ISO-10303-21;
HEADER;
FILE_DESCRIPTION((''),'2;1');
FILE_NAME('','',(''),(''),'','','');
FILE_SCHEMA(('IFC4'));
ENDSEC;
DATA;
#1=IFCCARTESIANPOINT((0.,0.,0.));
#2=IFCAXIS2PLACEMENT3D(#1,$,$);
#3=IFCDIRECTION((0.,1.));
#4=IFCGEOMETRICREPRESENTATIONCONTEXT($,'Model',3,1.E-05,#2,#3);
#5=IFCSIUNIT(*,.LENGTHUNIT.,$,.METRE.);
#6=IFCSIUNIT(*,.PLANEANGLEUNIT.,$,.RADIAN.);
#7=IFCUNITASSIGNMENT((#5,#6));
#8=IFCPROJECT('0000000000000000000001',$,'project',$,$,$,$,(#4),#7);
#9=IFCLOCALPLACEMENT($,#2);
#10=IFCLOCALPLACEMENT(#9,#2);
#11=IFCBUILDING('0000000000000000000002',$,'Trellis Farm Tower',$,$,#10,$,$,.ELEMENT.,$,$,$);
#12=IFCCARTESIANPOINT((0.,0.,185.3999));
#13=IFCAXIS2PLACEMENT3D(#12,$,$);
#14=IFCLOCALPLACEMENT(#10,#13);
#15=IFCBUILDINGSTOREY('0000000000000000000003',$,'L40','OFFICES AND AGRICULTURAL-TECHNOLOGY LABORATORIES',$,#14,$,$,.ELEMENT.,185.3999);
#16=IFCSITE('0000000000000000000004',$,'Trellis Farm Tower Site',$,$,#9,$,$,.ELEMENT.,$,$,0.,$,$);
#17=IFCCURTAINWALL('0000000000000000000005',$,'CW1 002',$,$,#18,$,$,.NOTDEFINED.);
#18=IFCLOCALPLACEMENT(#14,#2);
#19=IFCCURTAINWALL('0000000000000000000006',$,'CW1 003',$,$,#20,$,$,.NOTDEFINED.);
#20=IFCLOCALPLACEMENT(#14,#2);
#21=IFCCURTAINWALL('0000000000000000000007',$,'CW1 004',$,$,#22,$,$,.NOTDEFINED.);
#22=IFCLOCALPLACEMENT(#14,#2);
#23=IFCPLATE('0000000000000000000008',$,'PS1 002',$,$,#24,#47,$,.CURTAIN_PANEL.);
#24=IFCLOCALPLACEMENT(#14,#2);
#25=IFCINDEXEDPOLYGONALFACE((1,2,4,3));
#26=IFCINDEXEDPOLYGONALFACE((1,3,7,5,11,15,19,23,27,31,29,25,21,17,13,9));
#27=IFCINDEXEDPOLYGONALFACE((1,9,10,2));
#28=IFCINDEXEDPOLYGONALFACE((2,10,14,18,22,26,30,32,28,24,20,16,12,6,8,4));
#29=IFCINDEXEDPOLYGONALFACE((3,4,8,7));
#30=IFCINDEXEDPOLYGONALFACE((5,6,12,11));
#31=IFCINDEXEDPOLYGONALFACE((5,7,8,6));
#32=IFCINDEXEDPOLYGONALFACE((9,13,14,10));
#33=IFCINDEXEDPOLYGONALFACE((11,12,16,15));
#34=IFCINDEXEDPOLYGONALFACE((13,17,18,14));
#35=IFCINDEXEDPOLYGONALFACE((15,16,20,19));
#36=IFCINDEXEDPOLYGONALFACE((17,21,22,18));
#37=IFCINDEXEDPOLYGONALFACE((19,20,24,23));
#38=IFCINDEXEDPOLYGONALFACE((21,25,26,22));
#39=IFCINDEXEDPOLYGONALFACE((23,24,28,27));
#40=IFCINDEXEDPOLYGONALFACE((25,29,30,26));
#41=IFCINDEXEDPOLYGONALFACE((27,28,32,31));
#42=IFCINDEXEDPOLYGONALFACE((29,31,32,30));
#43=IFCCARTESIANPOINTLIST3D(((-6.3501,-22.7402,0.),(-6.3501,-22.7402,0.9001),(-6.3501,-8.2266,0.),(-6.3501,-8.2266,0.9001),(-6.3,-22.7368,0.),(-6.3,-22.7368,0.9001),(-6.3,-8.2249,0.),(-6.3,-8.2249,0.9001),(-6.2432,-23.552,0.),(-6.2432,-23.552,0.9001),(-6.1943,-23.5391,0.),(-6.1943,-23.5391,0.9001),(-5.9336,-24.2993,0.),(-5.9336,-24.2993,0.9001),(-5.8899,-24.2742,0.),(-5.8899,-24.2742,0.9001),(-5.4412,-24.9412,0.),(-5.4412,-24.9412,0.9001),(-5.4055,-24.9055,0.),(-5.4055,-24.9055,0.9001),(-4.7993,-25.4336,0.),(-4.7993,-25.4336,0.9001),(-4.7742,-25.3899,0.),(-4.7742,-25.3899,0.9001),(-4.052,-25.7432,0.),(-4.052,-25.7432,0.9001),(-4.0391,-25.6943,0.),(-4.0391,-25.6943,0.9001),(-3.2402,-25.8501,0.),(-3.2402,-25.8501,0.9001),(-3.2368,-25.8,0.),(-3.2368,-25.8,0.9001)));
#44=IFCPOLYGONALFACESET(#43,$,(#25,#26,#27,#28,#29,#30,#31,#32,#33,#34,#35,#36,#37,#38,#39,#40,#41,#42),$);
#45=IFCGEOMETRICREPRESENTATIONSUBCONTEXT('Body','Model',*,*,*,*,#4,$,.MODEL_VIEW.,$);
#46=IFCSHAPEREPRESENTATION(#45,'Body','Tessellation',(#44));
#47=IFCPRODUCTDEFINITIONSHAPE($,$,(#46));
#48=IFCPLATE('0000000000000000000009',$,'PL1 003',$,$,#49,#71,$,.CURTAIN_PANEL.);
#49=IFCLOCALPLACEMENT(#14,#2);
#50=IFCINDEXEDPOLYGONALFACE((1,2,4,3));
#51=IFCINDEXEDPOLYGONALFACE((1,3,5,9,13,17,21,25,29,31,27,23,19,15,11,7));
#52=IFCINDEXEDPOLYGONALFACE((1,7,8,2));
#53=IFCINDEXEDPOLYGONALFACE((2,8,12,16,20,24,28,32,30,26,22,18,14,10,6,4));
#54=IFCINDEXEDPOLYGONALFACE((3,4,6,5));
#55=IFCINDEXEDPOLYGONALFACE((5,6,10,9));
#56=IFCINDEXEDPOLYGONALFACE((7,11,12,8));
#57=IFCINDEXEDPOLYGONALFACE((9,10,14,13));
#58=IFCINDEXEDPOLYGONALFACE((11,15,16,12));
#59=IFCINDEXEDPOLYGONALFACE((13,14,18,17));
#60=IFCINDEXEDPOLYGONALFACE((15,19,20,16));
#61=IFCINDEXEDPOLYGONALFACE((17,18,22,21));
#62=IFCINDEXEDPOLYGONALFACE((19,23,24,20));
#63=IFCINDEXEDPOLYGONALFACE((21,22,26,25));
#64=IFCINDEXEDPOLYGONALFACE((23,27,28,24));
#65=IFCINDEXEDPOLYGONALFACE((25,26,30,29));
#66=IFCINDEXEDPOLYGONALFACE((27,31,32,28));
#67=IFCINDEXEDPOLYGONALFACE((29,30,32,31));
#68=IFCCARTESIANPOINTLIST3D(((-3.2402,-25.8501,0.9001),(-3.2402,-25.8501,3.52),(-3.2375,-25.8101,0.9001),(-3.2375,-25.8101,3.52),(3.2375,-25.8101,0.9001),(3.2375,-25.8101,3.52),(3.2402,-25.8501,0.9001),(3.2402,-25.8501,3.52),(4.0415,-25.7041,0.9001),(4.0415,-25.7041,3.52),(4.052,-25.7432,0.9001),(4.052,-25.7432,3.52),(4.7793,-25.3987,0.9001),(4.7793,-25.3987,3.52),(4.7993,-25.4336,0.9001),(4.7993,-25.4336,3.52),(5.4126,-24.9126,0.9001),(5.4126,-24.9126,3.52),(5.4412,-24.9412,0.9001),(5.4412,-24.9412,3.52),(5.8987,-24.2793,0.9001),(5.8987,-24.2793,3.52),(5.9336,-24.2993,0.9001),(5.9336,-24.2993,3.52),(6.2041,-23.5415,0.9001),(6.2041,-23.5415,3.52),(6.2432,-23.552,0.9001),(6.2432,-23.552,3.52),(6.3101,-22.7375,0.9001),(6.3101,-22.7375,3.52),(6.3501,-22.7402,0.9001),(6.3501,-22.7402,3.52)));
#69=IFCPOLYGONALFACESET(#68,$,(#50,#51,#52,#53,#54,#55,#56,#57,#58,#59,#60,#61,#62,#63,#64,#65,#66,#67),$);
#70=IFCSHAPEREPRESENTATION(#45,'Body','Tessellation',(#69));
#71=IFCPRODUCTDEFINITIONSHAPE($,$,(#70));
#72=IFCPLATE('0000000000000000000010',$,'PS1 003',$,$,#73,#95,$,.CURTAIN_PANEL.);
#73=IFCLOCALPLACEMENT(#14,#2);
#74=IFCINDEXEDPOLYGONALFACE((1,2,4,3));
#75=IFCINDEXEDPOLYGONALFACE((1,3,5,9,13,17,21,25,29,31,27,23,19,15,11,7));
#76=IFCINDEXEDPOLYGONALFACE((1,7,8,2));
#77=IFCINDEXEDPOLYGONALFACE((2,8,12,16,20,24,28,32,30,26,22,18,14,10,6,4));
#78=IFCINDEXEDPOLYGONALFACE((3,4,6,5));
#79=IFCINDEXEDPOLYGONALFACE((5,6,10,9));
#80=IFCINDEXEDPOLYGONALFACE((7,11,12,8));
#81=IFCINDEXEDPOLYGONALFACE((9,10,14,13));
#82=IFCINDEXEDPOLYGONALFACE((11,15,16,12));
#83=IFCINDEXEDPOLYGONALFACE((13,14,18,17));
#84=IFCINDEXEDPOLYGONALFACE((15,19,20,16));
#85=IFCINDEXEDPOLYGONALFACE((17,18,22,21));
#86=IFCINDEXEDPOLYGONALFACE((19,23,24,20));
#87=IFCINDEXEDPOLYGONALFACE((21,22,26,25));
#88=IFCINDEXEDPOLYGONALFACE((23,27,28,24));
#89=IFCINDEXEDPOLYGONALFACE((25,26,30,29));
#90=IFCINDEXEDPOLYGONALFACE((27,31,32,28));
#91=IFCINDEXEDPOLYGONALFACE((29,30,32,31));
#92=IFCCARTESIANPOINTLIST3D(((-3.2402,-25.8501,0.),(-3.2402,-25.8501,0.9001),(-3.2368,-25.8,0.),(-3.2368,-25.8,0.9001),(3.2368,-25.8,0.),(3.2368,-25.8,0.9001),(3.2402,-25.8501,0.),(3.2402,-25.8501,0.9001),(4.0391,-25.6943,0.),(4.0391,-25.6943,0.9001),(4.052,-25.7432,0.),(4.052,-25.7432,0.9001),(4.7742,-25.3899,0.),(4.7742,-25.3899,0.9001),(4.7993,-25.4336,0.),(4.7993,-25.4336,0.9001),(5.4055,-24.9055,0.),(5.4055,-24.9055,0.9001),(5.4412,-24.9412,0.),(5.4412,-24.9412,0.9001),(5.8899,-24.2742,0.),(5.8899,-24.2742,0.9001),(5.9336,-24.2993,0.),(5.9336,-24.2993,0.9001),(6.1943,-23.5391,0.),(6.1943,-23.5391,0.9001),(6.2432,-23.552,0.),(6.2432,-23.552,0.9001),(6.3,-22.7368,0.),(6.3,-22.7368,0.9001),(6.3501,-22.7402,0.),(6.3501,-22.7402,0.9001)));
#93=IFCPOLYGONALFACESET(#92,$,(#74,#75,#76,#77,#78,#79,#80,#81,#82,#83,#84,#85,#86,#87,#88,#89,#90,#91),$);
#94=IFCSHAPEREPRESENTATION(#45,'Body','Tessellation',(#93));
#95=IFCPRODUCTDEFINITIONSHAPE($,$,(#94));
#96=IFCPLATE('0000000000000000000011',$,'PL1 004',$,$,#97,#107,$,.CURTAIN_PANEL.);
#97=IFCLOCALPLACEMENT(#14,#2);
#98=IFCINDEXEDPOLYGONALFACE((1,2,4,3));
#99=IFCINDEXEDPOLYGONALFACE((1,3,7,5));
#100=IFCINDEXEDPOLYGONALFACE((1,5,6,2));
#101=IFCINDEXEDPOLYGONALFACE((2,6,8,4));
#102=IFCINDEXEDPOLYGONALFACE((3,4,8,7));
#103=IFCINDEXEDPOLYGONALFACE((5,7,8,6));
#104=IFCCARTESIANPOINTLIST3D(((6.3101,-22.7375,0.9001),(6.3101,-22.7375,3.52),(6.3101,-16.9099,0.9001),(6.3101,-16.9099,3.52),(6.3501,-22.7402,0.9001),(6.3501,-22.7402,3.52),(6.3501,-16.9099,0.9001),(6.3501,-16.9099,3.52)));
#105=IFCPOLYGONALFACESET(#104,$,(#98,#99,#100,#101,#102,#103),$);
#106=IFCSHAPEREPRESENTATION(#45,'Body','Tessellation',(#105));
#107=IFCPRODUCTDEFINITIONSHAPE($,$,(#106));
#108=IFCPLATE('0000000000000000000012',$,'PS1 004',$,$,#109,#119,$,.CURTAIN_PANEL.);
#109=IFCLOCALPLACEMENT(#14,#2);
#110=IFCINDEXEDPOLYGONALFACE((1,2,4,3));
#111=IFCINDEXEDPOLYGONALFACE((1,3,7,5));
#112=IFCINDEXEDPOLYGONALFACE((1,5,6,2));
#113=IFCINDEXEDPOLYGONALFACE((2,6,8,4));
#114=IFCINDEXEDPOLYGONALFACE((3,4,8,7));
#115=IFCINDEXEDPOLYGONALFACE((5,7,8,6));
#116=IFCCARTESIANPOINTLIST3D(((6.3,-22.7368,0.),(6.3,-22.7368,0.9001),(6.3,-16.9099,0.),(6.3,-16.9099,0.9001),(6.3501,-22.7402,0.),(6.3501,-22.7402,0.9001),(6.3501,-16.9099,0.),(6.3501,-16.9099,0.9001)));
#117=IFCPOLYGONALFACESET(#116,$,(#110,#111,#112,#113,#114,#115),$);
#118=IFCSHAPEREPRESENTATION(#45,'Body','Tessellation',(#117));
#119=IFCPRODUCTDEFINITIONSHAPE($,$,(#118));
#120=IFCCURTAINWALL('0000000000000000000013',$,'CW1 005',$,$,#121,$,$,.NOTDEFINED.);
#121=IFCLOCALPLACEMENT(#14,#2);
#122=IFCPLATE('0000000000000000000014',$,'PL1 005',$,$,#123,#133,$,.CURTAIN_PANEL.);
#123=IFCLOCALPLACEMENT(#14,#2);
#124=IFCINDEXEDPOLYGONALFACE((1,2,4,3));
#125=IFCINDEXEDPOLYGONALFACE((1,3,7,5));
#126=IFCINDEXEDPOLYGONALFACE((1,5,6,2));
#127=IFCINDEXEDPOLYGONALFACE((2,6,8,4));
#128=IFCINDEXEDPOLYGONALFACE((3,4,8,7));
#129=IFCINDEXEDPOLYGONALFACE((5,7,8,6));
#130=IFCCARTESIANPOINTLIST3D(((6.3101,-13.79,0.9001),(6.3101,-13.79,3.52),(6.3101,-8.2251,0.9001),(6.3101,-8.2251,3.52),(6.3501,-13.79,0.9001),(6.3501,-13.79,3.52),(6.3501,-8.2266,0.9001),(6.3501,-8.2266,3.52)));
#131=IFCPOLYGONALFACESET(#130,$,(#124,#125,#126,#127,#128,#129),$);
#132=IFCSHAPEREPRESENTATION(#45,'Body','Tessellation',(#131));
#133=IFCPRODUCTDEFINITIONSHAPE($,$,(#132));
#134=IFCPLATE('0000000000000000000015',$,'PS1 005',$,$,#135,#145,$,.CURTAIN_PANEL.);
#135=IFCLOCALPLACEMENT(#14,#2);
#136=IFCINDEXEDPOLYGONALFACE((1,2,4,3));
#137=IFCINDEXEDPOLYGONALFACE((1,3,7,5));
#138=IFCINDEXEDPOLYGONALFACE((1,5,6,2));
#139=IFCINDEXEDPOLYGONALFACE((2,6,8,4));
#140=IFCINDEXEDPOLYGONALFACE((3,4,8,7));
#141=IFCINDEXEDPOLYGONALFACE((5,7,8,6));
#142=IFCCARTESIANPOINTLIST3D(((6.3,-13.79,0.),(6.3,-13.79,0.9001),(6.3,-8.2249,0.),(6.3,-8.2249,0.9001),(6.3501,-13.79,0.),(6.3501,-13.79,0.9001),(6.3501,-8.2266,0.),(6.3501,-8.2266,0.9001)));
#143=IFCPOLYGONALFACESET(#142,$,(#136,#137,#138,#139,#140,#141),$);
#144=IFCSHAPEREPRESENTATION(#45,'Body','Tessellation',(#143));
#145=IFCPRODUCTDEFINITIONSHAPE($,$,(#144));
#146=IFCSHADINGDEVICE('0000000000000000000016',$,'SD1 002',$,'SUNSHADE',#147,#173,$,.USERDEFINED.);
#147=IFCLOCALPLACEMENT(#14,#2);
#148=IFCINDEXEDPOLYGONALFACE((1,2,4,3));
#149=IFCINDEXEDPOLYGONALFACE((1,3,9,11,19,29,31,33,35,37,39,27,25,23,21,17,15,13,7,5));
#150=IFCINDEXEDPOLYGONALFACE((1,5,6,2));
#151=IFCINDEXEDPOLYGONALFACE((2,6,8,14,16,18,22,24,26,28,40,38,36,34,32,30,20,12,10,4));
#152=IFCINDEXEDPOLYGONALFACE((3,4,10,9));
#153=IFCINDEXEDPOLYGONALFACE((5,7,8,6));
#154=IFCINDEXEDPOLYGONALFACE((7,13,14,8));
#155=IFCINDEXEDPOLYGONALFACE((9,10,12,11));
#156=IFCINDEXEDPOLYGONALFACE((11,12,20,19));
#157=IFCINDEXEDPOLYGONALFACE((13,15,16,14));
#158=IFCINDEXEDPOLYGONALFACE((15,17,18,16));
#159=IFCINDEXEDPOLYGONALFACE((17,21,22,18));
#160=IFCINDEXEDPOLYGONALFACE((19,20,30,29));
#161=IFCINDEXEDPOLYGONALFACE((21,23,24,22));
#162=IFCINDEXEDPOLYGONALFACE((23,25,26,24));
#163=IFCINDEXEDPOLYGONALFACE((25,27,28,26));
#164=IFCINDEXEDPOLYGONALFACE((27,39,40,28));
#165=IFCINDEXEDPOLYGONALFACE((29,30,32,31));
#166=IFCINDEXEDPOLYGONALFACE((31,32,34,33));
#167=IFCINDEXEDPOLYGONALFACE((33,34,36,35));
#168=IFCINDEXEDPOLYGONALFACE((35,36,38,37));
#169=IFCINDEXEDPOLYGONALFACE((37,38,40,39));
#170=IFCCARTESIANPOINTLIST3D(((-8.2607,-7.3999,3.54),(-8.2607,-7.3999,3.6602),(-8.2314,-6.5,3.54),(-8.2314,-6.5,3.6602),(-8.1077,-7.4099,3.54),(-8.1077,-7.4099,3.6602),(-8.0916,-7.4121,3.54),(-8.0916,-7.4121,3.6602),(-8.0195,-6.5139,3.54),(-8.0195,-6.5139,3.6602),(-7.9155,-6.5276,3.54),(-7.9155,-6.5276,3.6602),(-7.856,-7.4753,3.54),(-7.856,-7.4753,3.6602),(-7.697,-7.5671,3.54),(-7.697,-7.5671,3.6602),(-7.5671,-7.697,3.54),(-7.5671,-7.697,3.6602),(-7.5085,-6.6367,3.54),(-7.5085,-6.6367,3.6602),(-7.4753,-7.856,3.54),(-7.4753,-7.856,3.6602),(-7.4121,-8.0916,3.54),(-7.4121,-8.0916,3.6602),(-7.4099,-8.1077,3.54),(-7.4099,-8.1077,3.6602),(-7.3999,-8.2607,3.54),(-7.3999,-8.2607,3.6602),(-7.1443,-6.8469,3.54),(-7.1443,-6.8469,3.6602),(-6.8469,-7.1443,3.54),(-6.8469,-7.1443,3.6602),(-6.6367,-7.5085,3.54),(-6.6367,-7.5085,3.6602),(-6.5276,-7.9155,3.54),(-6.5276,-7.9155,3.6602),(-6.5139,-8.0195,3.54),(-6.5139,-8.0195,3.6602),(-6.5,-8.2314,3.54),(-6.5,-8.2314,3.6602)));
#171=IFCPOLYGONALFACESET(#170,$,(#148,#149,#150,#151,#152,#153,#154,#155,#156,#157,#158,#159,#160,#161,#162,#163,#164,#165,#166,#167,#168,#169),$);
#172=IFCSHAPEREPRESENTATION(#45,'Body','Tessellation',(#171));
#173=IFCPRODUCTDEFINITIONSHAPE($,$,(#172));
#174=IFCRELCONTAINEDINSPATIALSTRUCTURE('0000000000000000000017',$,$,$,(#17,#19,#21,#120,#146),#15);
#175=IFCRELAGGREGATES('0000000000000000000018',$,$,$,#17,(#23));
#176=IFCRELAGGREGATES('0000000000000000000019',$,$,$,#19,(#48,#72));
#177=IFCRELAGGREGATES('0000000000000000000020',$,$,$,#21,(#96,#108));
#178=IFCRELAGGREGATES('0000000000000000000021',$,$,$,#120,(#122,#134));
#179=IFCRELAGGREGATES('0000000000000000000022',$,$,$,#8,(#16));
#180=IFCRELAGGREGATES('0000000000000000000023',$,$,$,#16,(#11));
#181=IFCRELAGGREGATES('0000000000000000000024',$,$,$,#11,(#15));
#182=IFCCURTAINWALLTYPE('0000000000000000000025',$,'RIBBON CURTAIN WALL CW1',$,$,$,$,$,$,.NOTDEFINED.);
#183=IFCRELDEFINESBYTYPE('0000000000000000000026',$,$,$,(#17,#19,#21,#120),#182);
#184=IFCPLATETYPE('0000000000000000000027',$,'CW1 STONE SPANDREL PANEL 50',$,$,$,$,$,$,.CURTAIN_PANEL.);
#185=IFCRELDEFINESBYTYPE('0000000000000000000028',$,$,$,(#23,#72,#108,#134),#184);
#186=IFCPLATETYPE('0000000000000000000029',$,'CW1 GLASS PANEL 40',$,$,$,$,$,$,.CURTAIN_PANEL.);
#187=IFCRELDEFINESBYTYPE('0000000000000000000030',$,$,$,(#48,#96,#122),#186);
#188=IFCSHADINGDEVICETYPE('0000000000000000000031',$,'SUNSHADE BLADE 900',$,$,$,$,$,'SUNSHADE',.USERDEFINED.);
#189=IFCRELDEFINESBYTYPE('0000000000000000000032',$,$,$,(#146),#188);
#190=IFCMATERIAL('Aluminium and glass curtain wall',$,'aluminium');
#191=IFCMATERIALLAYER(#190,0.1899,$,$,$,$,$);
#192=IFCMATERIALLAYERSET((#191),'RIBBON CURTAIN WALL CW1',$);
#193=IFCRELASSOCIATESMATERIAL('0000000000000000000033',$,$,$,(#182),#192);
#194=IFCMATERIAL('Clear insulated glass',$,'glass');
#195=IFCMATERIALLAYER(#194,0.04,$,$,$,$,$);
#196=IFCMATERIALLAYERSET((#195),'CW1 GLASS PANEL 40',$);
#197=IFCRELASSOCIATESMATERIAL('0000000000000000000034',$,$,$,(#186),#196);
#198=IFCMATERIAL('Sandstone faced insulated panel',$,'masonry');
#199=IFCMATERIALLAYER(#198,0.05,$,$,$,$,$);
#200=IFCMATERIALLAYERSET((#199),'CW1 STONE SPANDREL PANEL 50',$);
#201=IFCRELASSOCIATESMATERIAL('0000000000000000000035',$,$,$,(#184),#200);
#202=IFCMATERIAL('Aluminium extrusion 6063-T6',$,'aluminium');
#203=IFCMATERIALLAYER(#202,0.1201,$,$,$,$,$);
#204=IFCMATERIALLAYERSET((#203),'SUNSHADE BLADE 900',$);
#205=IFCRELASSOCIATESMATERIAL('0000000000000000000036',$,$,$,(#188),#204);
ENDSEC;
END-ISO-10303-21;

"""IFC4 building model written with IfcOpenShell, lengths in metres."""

from ifc_helpers import new_model, si_unit, direction, frame, origin, place, context, subcontext, project, spatial, polyline, outline, extrude, source, transform, mapped, material, layer, layer_set, type_object, element, aggregate, save


model = new_model("IFC4")

# Units and contexts
model_context = context("Model", 3, precision=1e-05, world=origin(), true_north=direction((0.0, 1.0)))
body_context = subcontext(model_context, "Body", "Model", "MODEL_VIEW")
ifc_project = project(units=[si_unit("LENGTHUNIT", "METRE"), si_unit("PLANEANGLEUNIT", "RADIAN")], contexts=[model_context])

# Site, building, storey
site_placement = place(None, origin())
site = spatial("IfcSite", under=ifc_project, at=site_placement, Name="Trellis Farm Tower Site", CompositionType="ELEMENT", RefElevation=0.0)
building_placement = place(site_placement, origin())
building = spatial("IfcBuilding", under=site, at=building_placement, Name="Trellis Farm Tower", CompositionType="ELEMENT")
storey_placement = place(building_placement, frame((0.0, 0.0, 185.3999)))
storey = spatial("IfcBuildingStorey", under=building, at=storey_placement, Name="L40", Description="OFFICES AND AGRICULTURAL-TECHNOLOGY LABORATORIES", CompositionType="ELEMENT", Elevation=185.3999)

# Curtain walls
ifc_material_1 = material(Name="Aluminium and glass curtain wall", Category="aluminium")
placement_1 = place(storey_placement, origin())
ifc_material_2 = material(Name="Aluminium extrusion 6063-T6", Category="aluminium")
ifc_layer_1 = layer(ifc_material_1, 0.1899)
ifc_layer_set_1 = layer_set([ifc_layer_1], Name="RIBBON CURTAIN WALL CW1")
curtain_wall_type_1 = type_object("IfcCurtainWallType", Name="RIBBON CURTAIN WALL CW1", PredefinedType="NOTDEFINED", material=ifc_layer_set_1)
curtain_wall_1 = element("IfcCurtainWall", 1, at=placement_1, inside=storey, type_object=curtain_wall_type_1, Name="CW1 002", PredefinedType="NOTDEFINED")
curtain_wall_2 = element("IfcCurtainWall", 2, at=placement_1, inside=storey, type_object=curtain_wall_type_1, Name="CW1 003", PredefinedType="NOTDEFINED")
curtain_wall_3 = element("IfcCurtainWall", 3, at=placement_1, inside=storey, type_object=curtain_wall_type_1, Name="CW1 004", PredefinedType="NOTDEFINED")

# Plates
ifc_material_3 = material(Name="Clear insulated glass", Category="glass")
ifc_layer_2 = layer(ifc_material_3, 0.04)
ifc_layer_set_2 = layer_set([ifc_layer_2], Name="CW1 GLASS PANEL 40")
plate_type_1 = type_object("IfcPlateType", Name="CW1 GLASS PANEL 40", PredefinedType="CURTAIN_PANEL", material=ifc_layer_set_2)
placement_2 = place(storey_placement, frame((0.0, 0.0, 0.9001)))
ifc_material_4 = material(Name="Sandstone faced insulated panel", Category="masonry")
ifc_layer_3 = layer(ifc_material_4, 0.05)
ifc_layer_set_3 = layer_set([ifc_layer_3], Name="CW1 STONE SPANDREL PANEL 50")
plate_type_2 = type_object("IfcPlateType", Name="CW1 STONE SPANDREL PANEL 50", PredefinedType="CURTAIN_PANEL", material=ifc_layer_set_3)
shared_shape_1 = source(origin(), body_context, "Body", "SweptSolid", [
    extrude(outline(polyline([(-6.3501, -8.2266), (-6.3501, -22.7402), (-6.2432, -23.552), (-5.9336, -24.2993), (-5.4412, -24.9412), (-4.7993, -25.4336), (-4.052, -25.7432), (-3.2402, -25.8501), (-3.2368, -25.8), (-4.0391, -25.6943), (-4.7742, -25.3899), (-5.4055, -24.9055), (-5.8899, -24.2742), (-6.1943, -23.5391), (-6.3, -22.7368), (-6.3, -8.2249), (-6.3501, -8.2266)])), origin(), (0.0, 0.0, 1.0), 0.9001),
])
plate_1 = element("IfcPlate", 4, at=placement_1, type_object=plate_type_2, Name="PS1 002", PredefinedType="CURTAIN_PANEL", context=body_context, shape_type="MappedRepresentation", body=[
    mapped(shared_shape_1, transform((0.0, 0.0, 0.0))),
])
aggregate(curtain_wall_1, [plate_1])
shared_shape_2 = source(origin(), body_context, "Body", "SweptSolid", [
    extrude(outline(polyline([(-3.2402, -25.8501), (3.2402, -25.8501), (4.052, -25.7432), (4.7993, -25.4336), (5.4412, -24.9412), (5.9336, -24.2993), (6.2432, -23.552), (6.3501, -22.7402), (6.3101, -22.7375), (6.2041, -23.5415), (5.8987, -24.2793), (5.4126, -24.9126), (4.7793, -25.3987), (4.0415, -25.7041), (3.2375, -25.8101), (-3.2375, -25.8101), (-3.2402, -25.8501)])), origin(), (0.0, 0.0, 1.0), 2.6199),
])
plate_2 = element("IfcPlate", 5, at=placement_2, type_object=plate_type_1, Name="PL1 003", PredefinedType="CURTAIN_PANEL", context=body_context, shape_type="MappedRepresentation", body=[
    mapped(shared_shape_2, transform((0.0, 0.0, 0.0))),
])
shared_shape_3 = source(origin(), body_context, "Body", "SweptSolid", [
    extrude(outline(polyline([(-3.2402, -25.8501), (3.2402, -25.8501), (4.052, -25.7432), (4.7993, -25.4336), (5.4412, -24.9412), (5.9336, -24.2993), (6.2432, -23.552), (6.3501, -22.7402), (6.3, -22.7368), (6.1943, -23.5391), (5.8899, -24.2742), (5.4055, -24.9055), (4.7742, -25.3899), (4.0391, -25.6943), (3.2368, -25.8), (-3.2368, -25.8), (-3.2402, -25.8501)])), origin(), (0.0, 0.0, 1.0), 0.9001),
])
plate_3 = element("IfcPlate", 6, at=placement_1, type_object=plate_type_2, Name="PS1 003", PredefinedType="CURTAIN_PANEL", context=body_context, shape_type="MappedRepresentation", body=[
    mapped(shared_shape_3, transform((0.0, 0.0, 0.0))),
])
aggregate(curtain_wall_2, [plate_2, plate_3])
shared_shape_4 = source(origin(), body_context, "Body", "SweptSolid", [
    extrude(outline(polyline([(6.3501, -22.7402), (6.3501, -16.9099), (6.3101, -16.9099), (6.3101, -22.7375), (6.3501, -22.7402)])), origin(), (0.0, 0.0, 1.0), 2.6199),
])
plate_4 = element("IfcPlate", 7, at=placement_2, type_object=plate_type_1, Name="PL1 004", PredefinedType="CURTAIN_PANEL", context=body_context, shape_type="MappedRepresentation", body=[
    mapped(shared_shape_4, transform((0.0, 0.0, 0.0))),
])
shared_shape_5 = source(origin(), body_context, "Body", "SweptSolid", [
    extrude(outline(polyline([(6.3501, -22.7402), (6.3501, -16.9099), (6.3, -16.9099), (6.3, -22.7368), (6.3501, -22.7402)])), origin(), (0.0, 0.0, 1.0), 0.9001),
])
plate_5 = element("IfcPlate", 8, at=placement_1, type_object=plate_type_2, Name="PS1 004", PredefinedType="CURTAIN_PANEL", context=body_context, shape_type="MappedRepresentation", body=[
    mapped(shared_shape_5, transform((0.0, 0.0, 0.0))),
])
aggregate(curtain_wall_3, [plate_4, plate_5])

# Curtain wall, plates
curtain_wall_4 = element("IfcCurtainWall", 9, at=placement_1, inside=storey, type_object=curtain_wall_type_1, Name="CW1 005", PredefinedType="NOTDEFINED")
shared_shape_6 = source(origin(), body_context, "Body", "SweptSolid", [
    extrude(outline(polyline([(6.3501, -13.79), (6.3501, -8.2266), (6.3101, -8.2251), (6.3101, -13.79), (6.3501, -13.79)])), origin(), (0.0, 0.0, 1.0), 2.6199),
])
plate_6 = element("IfcPlate", 10, at=placement_2, type_object=plate_type_1, Name="PL1 005", PredefinedType="CURTAIN_PANEL", context=body_context, shape_type="MappedRepresentation", body=[
    mapped(shared_shape_6, transform((0.0, 0.0, 0.0))),
])
shared_shape_7 = source(origin(), body_context, "Body", "SweptSolid", [
    extrude(outline(polyline([(6.3501, -13.79), (6.3501, -8.2266), (6.3, -8.2249), (6.3, -13.79), (6.3501, -13.79)])), origin(), (0.0, 0.0, 1.0), 0.9001),
])
plate_7 = element("IfcPlate", 11, at=placement_1, type_object=plate_type_2, Name="PS1 005", PredefinedType="CURTAIN_PANEL", context=body_context, shape_type="MappedRepresentation", body=[
    mapped(shared_shape_7, transform((0.0, 0.0, 0.0))),
])
aggregate(curtain_wall_4, [plate_6, plate_7])

# Shading device
ifc_layer_4 = layer(ifc_material_2, 0.1201)
ifc_layer_set_4 = layer_set([ifc_layer_4], Name="SUNSHADE BLADE 900")
shading_device_type_1 = type_object("IfcShadingDeviceType", Name="SUNSHADE BLADE 900", ElementType="SUNSHADE", PredefinedType="USERDEFINED", material=ifc_layer_set_4)
shared_shape_8 = source(origin(), body_context, "Body", "SweptSolid", [
    extrude(outline(polyline([(-8.2607, -7.3999), (-8.1077, -7.4099), (-8.0916, -7.4121), (-7.856, -7.4753), (-7.697, -7.5671), (-7.5671, -7.697), (-7.4753, -7.856), (-7.4121, -8.0916), (-7.4099, -8.1077), (-7.3999, -8.2607), (-6.5, -8.2314), (-6.5139, -8.0195), (-6.5276, -7.9155), (-6.6367, -7.5085), (-6.8469, -7.1443), (-7.1443, -6.8469), (-7.5085, -6.6367), (-7.9155, -6.5276), (-8.0195, -6.5139), (-8.2314, -6.5), (-8.2607, -7.3999)])), origin(), (0.0, 0.0, 1.0), 0.1201),
])
placement_3 = place(storey_placement, frame((0.0, 0.0, 3.54)))
element("IfcShadingDevice", 12, at=placement_3, inside=storey, type_object=shading_device_type_1, Name="SD1 002", ObjectType="SUNSHADE", PredefinedType="USERDEFINED", context=body_context, shape_type="MappedRepresentation", body=[
    mapped(shared_shape_8, transform((0.0, 0.0, 0.0))),
])

save(model, "model.ifc")
